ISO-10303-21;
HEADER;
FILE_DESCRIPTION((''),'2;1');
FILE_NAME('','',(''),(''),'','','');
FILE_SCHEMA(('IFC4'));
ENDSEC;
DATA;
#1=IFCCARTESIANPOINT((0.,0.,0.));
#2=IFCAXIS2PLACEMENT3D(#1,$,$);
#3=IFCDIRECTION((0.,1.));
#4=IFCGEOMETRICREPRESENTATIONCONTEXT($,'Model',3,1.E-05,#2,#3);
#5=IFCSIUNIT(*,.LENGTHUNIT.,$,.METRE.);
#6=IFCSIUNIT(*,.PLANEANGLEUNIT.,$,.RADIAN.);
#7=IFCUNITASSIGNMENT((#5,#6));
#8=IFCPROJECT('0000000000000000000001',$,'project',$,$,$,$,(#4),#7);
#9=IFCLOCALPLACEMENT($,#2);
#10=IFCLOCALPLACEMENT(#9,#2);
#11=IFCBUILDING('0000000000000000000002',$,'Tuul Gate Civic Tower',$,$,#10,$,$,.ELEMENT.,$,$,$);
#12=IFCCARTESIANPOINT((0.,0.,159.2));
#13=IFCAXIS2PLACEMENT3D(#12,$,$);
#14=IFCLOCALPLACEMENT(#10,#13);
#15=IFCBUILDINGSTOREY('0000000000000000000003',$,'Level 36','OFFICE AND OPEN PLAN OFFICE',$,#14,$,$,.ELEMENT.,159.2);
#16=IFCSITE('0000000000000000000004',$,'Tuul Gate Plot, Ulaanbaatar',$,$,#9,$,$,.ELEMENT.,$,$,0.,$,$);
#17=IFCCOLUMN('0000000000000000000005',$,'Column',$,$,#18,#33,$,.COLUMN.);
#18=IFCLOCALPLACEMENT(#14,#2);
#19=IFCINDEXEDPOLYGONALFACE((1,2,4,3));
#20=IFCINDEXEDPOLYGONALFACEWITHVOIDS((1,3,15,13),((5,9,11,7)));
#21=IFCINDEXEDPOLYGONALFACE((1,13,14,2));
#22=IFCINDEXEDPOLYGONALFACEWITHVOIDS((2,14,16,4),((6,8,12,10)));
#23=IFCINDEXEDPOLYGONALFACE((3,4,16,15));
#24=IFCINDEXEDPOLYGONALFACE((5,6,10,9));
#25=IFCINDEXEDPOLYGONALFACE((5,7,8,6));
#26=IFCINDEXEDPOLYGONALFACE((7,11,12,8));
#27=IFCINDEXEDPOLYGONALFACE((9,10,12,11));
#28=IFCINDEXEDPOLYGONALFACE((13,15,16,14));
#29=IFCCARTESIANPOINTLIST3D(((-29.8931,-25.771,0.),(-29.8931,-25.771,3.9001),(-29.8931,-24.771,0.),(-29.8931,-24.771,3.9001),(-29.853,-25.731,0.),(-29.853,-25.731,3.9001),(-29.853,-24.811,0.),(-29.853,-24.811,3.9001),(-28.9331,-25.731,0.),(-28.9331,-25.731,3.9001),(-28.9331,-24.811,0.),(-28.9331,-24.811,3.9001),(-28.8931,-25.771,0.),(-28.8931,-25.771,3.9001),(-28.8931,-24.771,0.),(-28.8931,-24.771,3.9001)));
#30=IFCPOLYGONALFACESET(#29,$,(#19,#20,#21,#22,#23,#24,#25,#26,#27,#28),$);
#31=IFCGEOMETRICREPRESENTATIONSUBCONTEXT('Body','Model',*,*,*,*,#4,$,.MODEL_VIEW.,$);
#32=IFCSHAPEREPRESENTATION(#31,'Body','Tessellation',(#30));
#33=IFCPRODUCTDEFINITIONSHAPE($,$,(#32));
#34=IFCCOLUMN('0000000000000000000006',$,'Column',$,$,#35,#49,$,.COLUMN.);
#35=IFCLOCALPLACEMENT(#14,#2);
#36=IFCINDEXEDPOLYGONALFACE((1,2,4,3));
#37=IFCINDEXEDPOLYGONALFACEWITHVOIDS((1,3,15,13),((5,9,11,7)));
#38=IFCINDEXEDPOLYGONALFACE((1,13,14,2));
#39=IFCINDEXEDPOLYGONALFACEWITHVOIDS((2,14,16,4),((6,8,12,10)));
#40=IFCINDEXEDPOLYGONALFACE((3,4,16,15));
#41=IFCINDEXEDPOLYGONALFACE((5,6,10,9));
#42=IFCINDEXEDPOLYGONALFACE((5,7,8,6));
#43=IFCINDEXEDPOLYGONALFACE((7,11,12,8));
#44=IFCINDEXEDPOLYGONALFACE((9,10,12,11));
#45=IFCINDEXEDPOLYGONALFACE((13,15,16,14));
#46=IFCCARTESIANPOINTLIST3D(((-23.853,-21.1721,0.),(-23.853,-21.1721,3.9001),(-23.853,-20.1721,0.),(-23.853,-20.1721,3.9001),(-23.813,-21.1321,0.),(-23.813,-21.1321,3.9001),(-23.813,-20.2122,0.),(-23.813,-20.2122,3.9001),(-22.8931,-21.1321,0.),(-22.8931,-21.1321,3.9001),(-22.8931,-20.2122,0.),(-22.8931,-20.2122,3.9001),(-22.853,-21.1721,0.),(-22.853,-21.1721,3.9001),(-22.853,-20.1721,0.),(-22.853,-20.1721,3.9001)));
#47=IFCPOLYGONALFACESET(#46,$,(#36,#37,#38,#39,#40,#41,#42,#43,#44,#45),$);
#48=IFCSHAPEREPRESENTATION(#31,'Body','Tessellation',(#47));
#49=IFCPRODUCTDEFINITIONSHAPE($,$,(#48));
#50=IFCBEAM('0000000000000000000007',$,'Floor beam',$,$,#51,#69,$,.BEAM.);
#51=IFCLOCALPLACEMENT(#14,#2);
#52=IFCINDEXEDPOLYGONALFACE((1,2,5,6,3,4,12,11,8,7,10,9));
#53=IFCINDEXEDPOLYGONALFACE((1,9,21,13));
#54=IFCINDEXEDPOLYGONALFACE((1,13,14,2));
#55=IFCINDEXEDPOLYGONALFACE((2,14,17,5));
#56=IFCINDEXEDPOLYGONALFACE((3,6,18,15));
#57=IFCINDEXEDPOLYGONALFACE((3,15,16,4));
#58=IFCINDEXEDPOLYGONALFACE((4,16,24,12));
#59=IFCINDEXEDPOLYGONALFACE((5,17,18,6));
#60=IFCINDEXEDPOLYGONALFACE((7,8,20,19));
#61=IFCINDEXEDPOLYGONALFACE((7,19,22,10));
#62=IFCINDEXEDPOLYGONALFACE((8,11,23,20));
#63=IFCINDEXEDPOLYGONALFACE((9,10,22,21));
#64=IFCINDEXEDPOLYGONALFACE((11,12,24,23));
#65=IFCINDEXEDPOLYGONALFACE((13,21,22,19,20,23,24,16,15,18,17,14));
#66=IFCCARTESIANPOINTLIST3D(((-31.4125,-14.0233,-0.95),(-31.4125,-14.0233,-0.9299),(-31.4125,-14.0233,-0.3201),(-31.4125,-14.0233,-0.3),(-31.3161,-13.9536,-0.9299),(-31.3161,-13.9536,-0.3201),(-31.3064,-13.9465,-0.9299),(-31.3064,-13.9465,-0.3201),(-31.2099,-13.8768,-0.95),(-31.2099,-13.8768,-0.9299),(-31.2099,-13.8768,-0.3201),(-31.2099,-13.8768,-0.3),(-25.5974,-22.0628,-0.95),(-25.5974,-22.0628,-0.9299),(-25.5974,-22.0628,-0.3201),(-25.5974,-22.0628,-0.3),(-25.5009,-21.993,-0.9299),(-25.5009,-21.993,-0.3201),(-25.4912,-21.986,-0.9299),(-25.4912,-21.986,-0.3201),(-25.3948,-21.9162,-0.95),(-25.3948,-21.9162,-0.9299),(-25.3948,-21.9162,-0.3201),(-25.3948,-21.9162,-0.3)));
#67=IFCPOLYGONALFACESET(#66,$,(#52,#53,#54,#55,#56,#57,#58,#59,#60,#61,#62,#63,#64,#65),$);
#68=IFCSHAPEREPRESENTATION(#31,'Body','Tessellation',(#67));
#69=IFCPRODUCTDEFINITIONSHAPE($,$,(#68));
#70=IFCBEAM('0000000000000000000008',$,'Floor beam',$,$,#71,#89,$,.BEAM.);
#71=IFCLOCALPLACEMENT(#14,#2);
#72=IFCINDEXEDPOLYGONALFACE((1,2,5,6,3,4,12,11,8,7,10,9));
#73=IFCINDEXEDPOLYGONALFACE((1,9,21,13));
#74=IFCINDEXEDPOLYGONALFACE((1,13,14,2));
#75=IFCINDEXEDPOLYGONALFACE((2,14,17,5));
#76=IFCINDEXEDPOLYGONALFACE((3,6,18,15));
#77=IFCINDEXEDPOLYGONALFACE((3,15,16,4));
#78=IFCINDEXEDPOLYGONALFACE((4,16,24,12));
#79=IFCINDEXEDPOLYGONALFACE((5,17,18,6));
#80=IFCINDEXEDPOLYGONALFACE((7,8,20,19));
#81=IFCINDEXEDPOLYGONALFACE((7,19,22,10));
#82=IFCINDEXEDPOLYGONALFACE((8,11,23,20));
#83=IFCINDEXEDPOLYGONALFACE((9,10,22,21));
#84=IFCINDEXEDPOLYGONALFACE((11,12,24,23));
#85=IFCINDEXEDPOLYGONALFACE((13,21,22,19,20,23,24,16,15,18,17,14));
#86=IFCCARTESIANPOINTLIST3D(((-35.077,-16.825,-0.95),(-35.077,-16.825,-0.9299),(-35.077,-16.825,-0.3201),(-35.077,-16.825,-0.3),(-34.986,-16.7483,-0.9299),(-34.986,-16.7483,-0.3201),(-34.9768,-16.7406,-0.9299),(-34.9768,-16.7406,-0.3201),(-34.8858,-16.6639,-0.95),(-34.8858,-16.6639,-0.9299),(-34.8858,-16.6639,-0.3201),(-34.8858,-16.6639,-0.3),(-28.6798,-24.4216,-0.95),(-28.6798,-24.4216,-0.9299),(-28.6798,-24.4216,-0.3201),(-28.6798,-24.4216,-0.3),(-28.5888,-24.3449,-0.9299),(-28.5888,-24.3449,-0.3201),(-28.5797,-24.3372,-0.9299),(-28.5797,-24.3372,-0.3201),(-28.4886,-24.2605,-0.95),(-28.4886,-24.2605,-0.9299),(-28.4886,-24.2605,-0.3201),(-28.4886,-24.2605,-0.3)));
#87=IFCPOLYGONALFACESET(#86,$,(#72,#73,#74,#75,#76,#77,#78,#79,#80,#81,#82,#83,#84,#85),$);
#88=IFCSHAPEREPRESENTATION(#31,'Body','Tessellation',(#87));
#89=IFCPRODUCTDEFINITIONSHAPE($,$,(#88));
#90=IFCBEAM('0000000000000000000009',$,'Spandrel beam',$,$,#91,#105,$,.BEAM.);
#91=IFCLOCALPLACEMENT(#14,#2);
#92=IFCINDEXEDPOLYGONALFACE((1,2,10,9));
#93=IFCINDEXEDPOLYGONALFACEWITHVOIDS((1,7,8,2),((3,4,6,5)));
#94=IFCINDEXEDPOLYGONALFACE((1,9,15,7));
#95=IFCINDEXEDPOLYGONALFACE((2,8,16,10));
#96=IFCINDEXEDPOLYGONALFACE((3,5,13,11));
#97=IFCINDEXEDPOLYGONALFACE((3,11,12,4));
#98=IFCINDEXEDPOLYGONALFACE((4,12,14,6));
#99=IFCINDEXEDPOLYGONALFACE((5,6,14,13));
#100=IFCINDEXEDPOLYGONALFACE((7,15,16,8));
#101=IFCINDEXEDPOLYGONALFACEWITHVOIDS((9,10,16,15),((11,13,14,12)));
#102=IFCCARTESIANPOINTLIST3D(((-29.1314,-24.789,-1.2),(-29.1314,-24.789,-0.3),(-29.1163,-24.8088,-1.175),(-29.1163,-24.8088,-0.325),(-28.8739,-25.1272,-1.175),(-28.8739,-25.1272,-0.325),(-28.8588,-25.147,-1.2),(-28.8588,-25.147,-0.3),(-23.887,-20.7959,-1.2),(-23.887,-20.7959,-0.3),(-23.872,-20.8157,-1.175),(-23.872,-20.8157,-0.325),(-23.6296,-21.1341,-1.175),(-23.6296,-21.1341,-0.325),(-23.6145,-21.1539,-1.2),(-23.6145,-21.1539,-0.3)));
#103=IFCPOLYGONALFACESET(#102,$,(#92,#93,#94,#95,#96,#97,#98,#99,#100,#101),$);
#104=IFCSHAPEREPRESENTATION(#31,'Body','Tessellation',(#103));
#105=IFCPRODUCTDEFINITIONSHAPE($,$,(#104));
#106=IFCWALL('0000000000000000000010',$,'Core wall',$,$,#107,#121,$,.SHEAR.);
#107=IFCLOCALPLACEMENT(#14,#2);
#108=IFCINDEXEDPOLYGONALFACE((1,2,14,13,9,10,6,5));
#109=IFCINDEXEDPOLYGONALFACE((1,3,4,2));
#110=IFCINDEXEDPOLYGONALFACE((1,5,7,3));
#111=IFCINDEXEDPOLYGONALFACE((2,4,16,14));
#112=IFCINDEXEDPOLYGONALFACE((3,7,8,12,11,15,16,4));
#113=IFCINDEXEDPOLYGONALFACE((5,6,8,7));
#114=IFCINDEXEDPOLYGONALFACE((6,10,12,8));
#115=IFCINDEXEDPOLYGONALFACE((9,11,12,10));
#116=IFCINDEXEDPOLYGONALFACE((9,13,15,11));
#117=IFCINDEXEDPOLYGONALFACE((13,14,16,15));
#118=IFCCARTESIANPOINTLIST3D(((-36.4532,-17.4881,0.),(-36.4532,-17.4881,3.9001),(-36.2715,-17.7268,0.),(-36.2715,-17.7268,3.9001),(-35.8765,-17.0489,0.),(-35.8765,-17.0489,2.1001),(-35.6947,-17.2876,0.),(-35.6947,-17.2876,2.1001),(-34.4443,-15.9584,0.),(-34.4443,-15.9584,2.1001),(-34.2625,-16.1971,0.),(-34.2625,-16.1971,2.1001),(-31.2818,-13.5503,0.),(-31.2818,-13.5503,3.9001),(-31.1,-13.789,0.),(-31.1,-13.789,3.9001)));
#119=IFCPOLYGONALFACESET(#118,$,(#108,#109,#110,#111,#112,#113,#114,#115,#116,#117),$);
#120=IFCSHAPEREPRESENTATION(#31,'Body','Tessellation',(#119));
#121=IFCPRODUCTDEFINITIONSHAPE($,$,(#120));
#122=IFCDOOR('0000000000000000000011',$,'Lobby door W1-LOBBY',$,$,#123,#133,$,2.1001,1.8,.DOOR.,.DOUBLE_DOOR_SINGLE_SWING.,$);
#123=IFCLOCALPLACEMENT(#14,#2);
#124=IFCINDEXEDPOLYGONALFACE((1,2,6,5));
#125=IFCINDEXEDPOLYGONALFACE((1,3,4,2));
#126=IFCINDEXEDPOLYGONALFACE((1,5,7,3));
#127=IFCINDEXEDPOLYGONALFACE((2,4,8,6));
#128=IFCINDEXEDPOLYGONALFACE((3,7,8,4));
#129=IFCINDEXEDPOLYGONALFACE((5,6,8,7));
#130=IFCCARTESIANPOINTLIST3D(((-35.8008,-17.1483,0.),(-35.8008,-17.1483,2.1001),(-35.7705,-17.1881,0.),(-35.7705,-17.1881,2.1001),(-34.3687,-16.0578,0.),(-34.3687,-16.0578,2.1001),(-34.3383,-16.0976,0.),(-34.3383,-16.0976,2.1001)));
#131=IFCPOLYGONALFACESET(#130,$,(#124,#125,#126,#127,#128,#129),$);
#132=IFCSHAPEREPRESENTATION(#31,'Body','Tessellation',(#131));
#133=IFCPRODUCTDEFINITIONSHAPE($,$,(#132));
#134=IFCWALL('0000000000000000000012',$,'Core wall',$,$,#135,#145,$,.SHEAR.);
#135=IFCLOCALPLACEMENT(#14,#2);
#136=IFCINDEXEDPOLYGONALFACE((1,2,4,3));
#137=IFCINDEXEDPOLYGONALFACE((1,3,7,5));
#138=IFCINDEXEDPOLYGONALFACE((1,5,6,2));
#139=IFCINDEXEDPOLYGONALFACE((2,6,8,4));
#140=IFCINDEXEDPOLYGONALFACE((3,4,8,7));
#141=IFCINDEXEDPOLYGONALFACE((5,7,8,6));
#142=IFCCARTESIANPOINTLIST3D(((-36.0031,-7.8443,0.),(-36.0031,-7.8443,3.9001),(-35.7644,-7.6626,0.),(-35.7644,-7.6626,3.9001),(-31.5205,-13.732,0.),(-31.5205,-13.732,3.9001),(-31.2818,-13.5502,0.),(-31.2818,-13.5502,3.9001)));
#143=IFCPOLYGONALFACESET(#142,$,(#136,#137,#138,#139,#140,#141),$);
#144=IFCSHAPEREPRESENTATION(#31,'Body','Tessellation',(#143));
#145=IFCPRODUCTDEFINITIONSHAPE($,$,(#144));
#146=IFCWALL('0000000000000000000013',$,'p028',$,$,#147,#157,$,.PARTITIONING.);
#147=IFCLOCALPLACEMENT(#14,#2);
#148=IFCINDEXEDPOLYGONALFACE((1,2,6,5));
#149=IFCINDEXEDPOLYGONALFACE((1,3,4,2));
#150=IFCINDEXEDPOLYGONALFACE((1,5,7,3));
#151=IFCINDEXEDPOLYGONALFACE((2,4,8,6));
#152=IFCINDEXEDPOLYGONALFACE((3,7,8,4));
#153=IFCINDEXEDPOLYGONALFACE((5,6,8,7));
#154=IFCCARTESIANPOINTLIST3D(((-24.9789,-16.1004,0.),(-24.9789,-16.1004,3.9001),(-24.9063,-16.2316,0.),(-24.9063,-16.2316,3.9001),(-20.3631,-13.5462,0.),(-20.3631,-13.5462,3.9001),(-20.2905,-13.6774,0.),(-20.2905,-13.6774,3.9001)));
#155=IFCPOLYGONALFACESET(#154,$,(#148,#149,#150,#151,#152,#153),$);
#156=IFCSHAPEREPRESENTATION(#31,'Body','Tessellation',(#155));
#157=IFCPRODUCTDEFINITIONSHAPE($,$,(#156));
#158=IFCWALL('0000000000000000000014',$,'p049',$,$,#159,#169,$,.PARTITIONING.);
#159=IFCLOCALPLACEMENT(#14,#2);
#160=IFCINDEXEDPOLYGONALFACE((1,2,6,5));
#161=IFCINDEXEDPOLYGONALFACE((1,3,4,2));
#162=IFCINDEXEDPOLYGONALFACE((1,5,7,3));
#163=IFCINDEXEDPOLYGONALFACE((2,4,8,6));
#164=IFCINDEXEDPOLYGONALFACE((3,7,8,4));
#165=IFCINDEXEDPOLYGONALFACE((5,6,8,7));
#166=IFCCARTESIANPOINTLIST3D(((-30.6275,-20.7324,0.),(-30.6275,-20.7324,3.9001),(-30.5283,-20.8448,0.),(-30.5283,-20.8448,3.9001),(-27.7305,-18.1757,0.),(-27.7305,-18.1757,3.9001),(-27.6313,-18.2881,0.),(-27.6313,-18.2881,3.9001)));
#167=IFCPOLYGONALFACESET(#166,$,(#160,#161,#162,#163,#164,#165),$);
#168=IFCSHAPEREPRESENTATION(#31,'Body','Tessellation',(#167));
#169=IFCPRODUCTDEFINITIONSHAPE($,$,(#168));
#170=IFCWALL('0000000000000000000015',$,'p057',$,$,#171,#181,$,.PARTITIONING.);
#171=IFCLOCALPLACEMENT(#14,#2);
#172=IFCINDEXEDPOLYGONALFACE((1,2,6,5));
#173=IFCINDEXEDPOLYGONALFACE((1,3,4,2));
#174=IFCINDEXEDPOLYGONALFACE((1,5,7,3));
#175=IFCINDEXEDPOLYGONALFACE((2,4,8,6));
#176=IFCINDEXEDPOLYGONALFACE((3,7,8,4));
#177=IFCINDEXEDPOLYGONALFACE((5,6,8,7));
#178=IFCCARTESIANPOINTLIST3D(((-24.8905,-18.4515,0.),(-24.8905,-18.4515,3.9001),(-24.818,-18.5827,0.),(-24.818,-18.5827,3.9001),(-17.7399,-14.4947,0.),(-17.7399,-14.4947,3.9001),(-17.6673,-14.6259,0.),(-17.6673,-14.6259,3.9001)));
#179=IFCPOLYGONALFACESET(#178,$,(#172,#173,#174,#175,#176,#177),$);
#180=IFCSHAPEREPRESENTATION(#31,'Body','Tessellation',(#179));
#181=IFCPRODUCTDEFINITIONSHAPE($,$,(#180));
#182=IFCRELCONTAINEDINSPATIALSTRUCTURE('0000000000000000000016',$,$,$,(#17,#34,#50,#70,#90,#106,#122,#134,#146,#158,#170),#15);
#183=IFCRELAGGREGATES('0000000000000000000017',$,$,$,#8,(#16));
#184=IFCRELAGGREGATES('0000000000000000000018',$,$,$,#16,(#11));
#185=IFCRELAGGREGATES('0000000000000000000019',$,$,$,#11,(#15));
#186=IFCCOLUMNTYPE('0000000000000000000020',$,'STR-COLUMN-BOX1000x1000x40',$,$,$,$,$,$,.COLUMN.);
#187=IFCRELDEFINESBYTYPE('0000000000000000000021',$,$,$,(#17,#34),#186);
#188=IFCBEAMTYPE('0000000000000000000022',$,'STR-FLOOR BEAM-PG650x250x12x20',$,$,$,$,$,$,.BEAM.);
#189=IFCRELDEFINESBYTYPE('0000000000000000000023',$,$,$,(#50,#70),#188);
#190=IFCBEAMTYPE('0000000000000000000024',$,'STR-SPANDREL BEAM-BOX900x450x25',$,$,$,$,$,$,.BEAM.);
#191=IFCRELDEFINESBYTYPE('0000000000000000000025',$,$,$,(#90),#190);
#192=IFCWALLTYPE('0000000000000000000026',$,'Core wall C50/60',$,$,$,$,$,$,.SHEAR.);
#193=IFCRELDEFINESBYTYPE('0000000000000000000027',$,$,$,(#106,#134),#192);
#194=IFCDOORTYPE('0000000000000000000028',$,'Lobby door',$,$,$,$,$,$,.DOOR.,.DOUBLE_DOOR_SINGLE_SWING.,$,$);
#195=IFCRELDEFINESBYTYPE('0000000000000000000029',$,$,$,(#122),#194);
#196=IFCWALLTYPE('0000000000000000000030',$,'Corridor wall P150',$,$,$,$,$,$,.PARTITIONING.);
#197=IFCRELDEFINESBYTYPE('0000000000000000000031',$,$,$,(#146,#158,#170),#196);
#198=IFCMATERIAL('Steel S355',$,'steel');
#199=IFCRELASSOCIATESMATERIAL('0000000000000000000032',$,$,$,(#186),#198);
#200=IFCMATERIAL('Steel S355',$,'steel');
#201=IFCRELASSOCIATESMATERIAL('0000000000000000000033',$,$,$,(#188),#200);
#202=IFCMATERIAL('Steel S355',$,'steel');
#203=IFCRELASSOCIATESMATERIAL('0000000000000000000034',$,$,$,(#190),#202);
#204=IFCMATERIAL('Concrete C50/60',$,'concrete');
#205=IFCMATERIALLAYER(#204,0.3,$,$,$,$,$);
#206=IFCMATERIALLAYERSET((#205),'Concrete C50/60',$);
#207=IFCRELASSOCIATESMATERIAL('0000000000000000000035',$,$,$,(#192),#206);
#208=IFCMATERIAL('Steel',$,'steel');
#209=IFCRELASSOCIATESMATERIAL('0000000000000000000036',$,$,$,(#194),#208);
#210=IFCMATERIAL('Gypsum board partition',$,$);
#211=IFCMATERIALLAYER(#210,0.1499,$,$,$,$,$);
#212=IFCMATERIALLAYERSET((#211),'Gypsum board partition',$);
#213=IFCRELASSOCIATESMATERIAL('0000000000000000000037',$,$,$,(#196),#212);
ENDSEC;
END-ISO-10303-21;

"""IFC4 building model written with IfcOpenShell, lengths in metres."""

from ifc_helpers import new_model, si_unit, direction, frame, frame_2d, origin, origin_2d, place, context, subcontext, project, spatial, rectangle, hollow_rectangle, i_section, extrude, material, layer, layer_set, material_profile, profile_set, type_object, element, fill, save


model = new_model("IFC4")

# Units and contexts
model_context = context("Model", 3, precision=1e-05, world=origin(), true_north=direction((0.0, 1.0)))
body_context = subcontext(model_context, "Body", "Model", "MODEL_VIEW")
ifc_project = project(units=[si_unit("LENGTHUNIT", "METRE"), si_unit("PLANEANGLEUNIT", "RADIAN")], contexts=[model_context])

# Site, building, storey
site_placement = place(None, origin())
site = spatial("IfcSite", under=ifc_project, at=site_placement, Name="Tuul Gate Plot, Ulaanbaatar", CompositionType="ELEMENT", RefElevation=0.0)
building_placement = place(site_placement, origin())
building = spatial("IfcBuilding", under=site, at=building_placement, Name="Tuul Gate Civic Tower", CompositionType="ELEMENT")
storey_placement = place(building_placement, frame((0.0, 0.0, 159.2)))
storey = spatial("IfcBuildingStorey", under=building, at=storey_placement, Name="Level 36", Description="OFFICE AND OPEN PLAN OFFICE", CompositionType="ELEMENT", Elevation=159.2)

# Columns
ifc_material_1 = material(Name="Steel S355", Category="steel")
ifc_material_profile_1 = material_profile(ifc_material_1, hollow_rectangle(XDim=1.0, YDim=1.0, WallThickness=0.04, at=origin_2d()), Name="BOX1000x1000x40")
ifc_profile_set_1 = profile_set([ifc_material_profile_1], Name="Steel S355")
column_type = type_object("IfcColumnType", Name="STR-COLUMN-BOX1000x1000x40", PredefinedType="COLUMN", material=ifc_profile_set_1)
for number, where, z_axis, x_axis, name in (
    (1, (-29.3931, -25.271, 0.0), (0.0, 0.0, 1.0), (1.0, 0.0, 0.0), "Column"),
    (2, (-23.353, -20.6721, 0.0), (0.0, 0.0, 1.0), (1.0, 0.0, 0.0), "Column"),
):
    element("IfcColumn", number, at=place(storey_placement, frame(where, z_axis=z_axis, x_axis=x_axis)), inside=storey, type_object=column_type, Name=name, PredefinedType="COLUMN", context=body_context, shape_type="SweptSolid", body=[
        extrude(hollow_rectangle(XDim=1.0, YDim=1.0, WallThickness=0.04, at=origin_2d()), origin(), (0.0, 0.0, 1.0), 3.9001),
    ])

# Beams
ifc_material_2 = material(Name="Steel S355", Category="steel")
ifc_material_profile_2 = material_profile(ifc_material_2, i_section(OverallWidth=0.25, OverallDepth=0.6499, WebThickness=0.012, FlangeThickness=0.02, at=origin_2d()), Name="PG650x250x12x20")
ifc_profile_set_2 = profile_set([ifc_material_profile_2], Name="Steel S355")
beam_type_1 = type_object("IfcBeamType", Name="STR-FLOOR BEAM-PG650x250x12x20", PredefinedType="BEAM", material=ifc_profile_set_2)
beam_1_placement = place(storey_placement, frame((-25.4961, -21.9895, -0.625), z_axis=(-0.586076, 0.810256, 0.0), x_axis=(-0.810256, -0.586076, 0.0)))
element("IfcBeam", 3, at=beam_1_placement, inside=storey, type_object=beam_type_1, Name="Floor beam", PredefinedType="BEAM", context=body_context, shape_type="SweptSolid", body=[
    extrude(i_section(OverallWidth=0.25, OverallDepth=0.6499, WebThickness=0.012, FlangeThickness=0.02, at=origin_2d()), origin(), (0.0, 0.0, 1.0), 9.9221),
])
beam_2_placement = place(storey_placement, frame((-28.5842, -24.3411, -0.625), z_axis=(-0.644137, 0.764911, 0.0), x_axis=(-0.764911, -0.644137, 0.0)))
element("IfcBeam", 4, at=beam_2_placement, inside=storey, type_object=beam_type_1, Name="Floor beam", PredefinedType="BEAM", context=body_context, shape_type="SweptSolid", body=[
    extrude(i_section(OverallWidth=0.25, OverallDepth=0.6499, WebThickness=0.012, FlangeThickness=0.02, at=origin_2d()), origin(), (0.0, 0.0, 1.0), 9.9314),
])
ifc_material_3 = material(Name="Steel S355", Category="steel")
ifc_material_profile_3 = material_profile(ifc_material_3, hollow_rectangle(XDim=0.45, YDim=0.8999, WallThickness=0.0249, at=origin_2d()), Name="BOX900x450x25")
ifc_profile_set_3 = profile_set([ifc_material_profile_3], Name="Steel S355")
beam_type_2 = type_object("IfcBeamType", Name="STR-SPANDREL BEAM-BOX900x450x25", PredefinedType="BEAM", material=ifc_profile_set_3)
beam_3_placement = place(storey_placement, frame((-28.9951, -24.968, -0.75), z_axis=(0.795619, 0.605798, 0.0), x_axis=(-0.605798, 0.795619, 0.0)))
element("IfcBeam", 5, at=beam_3_placement, inside=storey, type_object=beam_type_2, Name="Spandrel beam", PredefinedType="BEAM", context=body_context, shape_type="SweptSolid", body=[
    extrude(hollow_rectangle(XDim=0.45, YDim=0.8999, WallThickness=0.0249, at=origin_2d()), origin(), (0.0, 0.0, 1.0), 6.5916),
])

# Wall, opening, door
ifc_material_4 = material(Name="Concrete C50/60", Category="concrete")
ifc_layer_1 = layer(ifc_material_4, 0.3)
ifc_layer_set_1 = layer_set([ifc_layer_1], Name="Concrete C50/60")
wall_type_1 = type_object("IfcWallType", Name="Core wall C50/60", PredefinedType="SHEAR", material=ifc_layer_set_1)
wall_1_placement = place(storey_placement, frame((-31.1909, -13.6697, 0.0), z_axis=(0.0, 0.0, 1.0), x_axis=(-0.795607, -0.605813, 0.0)))
wall_1 = element("IfcWall", 6, at=wall_1_placement, inside=storey, type_object=wall_type_1, Name="Core wall", PredefinedType="SHEAR", context=body_context, shape_type="SweptSolid", body=[
    extrude(rectangle(XDim=6.5, YDim=0.3, at=frame_2d((3.25, 0.0))), origin(), (0.0, 0.0, 1.0), 3.9001),
])
opening_1_placement = place(wall_1_placement, frame((3.9751, 0.0, 0.0)))
opening_1 = element("IfcOpeningElement", 7, at=opening_1_placement, cuts=wall_1, PredefinedType="OPENING", context=body_context, shape_type="SweptSolid", body=[
    extrude(rectangle(XDim=1.8, YDim=2.1001, at=frame_2d((0.8999, 1.05))), frame((0.0, 0.1602, 0.0), z_axis=(0.0, -1.0, 0.0), x_axis=(1.0, 0.0, 0.0)), (0.0, 0.0, 1.0), 0.3201),
])
ifc_material_5 = material(Name="Steel", Category="steel")
door_type_1 = type_object("IfcDoorType", Name="Lobby door", OperationType="DOUBLE_DOOR_SINGLE_SWING", PredefinedType="DOOR", material=ifc_material_5)
door_1_placement = place(opening_1_placement, origin())
door_1 = element("IfcDoor", 8, at=door_1_placement, inside=storey, type_object=door_type_1, Name="Lobby door W1-LOBBY", OperationType="DOUBLE_DOOR_SINGLE_SWING", OverallHeight=2.1001, OverallWidth=1.8, PredefinedType="DOOR", context=body_context, shape_type="SweptSolid", body=[
    extrude(rectangle(XDim=1.8, YDim=2.1001, at=frame_2d((0.8999, 1.05))), frame((0.0, 0.0249, 0.0), z_axis=(0.0, -1.0, 0.0), x_axis=(1.0, 0.0, 0.0)), (0.0, 0.0, 1.0), 0.05),
])
fill(opening_1, door_1)

# Walls
wall_2_placement = place(storey_placement, frame((-31.4011, -13.6411, 0.0), z_axis=(0.0, 0.0, 1.0), x_axis=(-0.60577, 0.79564, 0.0)))
element("IfcWall", 9, at=wall_2_placement, inside=storey, type_object=wall_type_1, Name="Core wall", PredefinedType="SHEAR", context=body_context, shape_type="SweptSolid", body=[
    extrude(rectangle(XDim=7.3999, YDim=0.3, at=frame_2d((3.7, 0.0))), origin(), (0.0, 0.0, 1.0), 3.9001),
])
ifc_material_6 = material(Name="Gypsum board partition")
ifc_layer_2 = layer(ifc_material_6, 0.1499)
ifc_layer_set_2 = layer_set([ifc_layer_2], Name="Gypsum board partition")
wall_type_2 = type_object("IfcWallType", Name="Corridor wall P150", PredefinedType="PARTITIONING", material=ifc_layer_set_2)
wall_3_placement = place(storey_placement, frame((-24.9426, -16.166, 0.0), z_axis=(0.0, 0.0, 1.0), x_axis=(0.874968, 0.484181, 0.0)))
element("IfcWall", 10, at=wall_3_placement, inside=storey, type_object=wall_type_2, Name="p028", PredefinedType="PARTITIONING", context=body_context, shape_type="SweptSolid", body=[
    extrude(rectangle(XDim=5.2754, YDim=0.1499, at=frame_2d((2.6377, 0.0))), origin(), (0.0, 0.0, 1.0), 3.9001),
])
wall_4_placement = place(storey_placement, frame((-30.5779, -20.7886, 0.0), z_axis=(0.0, 0.0, 1.0), x_axis=(0.749775, 0.661693, 0.0)))
element("IfcWall", 11, at=wall_4_placement, inside=storey, type_object=wall_type_2, Name="p049", PredefinedType="PARTITIONING", context=body_context, shape_type="SweptSolid", body=[
    extrude(rectangle(XDim=3.8638, YDim=0.1499, at=frame_2d((1.9319, 0.0))), origin(), (0.0, 0.0, 1.0), 3.9001),
])
wall_5_placement = place(storey_placement, frame((-24.8542, -18.5171, 0.0), z_axis=(0.0, 0.0, 1.0), x_axis=(0.874976, 0.484166, 0.0)))
element("IfcWall", 12, at=wall_5_placement, inside=storey, type_object=wall_type_2, Name="p057", PredefinedType="PARTITIONING", context=body_context, shape_type="SweptSolid", body=[
    extrude(rectangle(XDim=8.1724, YDim=0.1499, at=frame_2d((4.0862, 0.0))), origin(), (0.0, 0.0, 1.0), 3.9001),
])

save(model, "model.ifc")
